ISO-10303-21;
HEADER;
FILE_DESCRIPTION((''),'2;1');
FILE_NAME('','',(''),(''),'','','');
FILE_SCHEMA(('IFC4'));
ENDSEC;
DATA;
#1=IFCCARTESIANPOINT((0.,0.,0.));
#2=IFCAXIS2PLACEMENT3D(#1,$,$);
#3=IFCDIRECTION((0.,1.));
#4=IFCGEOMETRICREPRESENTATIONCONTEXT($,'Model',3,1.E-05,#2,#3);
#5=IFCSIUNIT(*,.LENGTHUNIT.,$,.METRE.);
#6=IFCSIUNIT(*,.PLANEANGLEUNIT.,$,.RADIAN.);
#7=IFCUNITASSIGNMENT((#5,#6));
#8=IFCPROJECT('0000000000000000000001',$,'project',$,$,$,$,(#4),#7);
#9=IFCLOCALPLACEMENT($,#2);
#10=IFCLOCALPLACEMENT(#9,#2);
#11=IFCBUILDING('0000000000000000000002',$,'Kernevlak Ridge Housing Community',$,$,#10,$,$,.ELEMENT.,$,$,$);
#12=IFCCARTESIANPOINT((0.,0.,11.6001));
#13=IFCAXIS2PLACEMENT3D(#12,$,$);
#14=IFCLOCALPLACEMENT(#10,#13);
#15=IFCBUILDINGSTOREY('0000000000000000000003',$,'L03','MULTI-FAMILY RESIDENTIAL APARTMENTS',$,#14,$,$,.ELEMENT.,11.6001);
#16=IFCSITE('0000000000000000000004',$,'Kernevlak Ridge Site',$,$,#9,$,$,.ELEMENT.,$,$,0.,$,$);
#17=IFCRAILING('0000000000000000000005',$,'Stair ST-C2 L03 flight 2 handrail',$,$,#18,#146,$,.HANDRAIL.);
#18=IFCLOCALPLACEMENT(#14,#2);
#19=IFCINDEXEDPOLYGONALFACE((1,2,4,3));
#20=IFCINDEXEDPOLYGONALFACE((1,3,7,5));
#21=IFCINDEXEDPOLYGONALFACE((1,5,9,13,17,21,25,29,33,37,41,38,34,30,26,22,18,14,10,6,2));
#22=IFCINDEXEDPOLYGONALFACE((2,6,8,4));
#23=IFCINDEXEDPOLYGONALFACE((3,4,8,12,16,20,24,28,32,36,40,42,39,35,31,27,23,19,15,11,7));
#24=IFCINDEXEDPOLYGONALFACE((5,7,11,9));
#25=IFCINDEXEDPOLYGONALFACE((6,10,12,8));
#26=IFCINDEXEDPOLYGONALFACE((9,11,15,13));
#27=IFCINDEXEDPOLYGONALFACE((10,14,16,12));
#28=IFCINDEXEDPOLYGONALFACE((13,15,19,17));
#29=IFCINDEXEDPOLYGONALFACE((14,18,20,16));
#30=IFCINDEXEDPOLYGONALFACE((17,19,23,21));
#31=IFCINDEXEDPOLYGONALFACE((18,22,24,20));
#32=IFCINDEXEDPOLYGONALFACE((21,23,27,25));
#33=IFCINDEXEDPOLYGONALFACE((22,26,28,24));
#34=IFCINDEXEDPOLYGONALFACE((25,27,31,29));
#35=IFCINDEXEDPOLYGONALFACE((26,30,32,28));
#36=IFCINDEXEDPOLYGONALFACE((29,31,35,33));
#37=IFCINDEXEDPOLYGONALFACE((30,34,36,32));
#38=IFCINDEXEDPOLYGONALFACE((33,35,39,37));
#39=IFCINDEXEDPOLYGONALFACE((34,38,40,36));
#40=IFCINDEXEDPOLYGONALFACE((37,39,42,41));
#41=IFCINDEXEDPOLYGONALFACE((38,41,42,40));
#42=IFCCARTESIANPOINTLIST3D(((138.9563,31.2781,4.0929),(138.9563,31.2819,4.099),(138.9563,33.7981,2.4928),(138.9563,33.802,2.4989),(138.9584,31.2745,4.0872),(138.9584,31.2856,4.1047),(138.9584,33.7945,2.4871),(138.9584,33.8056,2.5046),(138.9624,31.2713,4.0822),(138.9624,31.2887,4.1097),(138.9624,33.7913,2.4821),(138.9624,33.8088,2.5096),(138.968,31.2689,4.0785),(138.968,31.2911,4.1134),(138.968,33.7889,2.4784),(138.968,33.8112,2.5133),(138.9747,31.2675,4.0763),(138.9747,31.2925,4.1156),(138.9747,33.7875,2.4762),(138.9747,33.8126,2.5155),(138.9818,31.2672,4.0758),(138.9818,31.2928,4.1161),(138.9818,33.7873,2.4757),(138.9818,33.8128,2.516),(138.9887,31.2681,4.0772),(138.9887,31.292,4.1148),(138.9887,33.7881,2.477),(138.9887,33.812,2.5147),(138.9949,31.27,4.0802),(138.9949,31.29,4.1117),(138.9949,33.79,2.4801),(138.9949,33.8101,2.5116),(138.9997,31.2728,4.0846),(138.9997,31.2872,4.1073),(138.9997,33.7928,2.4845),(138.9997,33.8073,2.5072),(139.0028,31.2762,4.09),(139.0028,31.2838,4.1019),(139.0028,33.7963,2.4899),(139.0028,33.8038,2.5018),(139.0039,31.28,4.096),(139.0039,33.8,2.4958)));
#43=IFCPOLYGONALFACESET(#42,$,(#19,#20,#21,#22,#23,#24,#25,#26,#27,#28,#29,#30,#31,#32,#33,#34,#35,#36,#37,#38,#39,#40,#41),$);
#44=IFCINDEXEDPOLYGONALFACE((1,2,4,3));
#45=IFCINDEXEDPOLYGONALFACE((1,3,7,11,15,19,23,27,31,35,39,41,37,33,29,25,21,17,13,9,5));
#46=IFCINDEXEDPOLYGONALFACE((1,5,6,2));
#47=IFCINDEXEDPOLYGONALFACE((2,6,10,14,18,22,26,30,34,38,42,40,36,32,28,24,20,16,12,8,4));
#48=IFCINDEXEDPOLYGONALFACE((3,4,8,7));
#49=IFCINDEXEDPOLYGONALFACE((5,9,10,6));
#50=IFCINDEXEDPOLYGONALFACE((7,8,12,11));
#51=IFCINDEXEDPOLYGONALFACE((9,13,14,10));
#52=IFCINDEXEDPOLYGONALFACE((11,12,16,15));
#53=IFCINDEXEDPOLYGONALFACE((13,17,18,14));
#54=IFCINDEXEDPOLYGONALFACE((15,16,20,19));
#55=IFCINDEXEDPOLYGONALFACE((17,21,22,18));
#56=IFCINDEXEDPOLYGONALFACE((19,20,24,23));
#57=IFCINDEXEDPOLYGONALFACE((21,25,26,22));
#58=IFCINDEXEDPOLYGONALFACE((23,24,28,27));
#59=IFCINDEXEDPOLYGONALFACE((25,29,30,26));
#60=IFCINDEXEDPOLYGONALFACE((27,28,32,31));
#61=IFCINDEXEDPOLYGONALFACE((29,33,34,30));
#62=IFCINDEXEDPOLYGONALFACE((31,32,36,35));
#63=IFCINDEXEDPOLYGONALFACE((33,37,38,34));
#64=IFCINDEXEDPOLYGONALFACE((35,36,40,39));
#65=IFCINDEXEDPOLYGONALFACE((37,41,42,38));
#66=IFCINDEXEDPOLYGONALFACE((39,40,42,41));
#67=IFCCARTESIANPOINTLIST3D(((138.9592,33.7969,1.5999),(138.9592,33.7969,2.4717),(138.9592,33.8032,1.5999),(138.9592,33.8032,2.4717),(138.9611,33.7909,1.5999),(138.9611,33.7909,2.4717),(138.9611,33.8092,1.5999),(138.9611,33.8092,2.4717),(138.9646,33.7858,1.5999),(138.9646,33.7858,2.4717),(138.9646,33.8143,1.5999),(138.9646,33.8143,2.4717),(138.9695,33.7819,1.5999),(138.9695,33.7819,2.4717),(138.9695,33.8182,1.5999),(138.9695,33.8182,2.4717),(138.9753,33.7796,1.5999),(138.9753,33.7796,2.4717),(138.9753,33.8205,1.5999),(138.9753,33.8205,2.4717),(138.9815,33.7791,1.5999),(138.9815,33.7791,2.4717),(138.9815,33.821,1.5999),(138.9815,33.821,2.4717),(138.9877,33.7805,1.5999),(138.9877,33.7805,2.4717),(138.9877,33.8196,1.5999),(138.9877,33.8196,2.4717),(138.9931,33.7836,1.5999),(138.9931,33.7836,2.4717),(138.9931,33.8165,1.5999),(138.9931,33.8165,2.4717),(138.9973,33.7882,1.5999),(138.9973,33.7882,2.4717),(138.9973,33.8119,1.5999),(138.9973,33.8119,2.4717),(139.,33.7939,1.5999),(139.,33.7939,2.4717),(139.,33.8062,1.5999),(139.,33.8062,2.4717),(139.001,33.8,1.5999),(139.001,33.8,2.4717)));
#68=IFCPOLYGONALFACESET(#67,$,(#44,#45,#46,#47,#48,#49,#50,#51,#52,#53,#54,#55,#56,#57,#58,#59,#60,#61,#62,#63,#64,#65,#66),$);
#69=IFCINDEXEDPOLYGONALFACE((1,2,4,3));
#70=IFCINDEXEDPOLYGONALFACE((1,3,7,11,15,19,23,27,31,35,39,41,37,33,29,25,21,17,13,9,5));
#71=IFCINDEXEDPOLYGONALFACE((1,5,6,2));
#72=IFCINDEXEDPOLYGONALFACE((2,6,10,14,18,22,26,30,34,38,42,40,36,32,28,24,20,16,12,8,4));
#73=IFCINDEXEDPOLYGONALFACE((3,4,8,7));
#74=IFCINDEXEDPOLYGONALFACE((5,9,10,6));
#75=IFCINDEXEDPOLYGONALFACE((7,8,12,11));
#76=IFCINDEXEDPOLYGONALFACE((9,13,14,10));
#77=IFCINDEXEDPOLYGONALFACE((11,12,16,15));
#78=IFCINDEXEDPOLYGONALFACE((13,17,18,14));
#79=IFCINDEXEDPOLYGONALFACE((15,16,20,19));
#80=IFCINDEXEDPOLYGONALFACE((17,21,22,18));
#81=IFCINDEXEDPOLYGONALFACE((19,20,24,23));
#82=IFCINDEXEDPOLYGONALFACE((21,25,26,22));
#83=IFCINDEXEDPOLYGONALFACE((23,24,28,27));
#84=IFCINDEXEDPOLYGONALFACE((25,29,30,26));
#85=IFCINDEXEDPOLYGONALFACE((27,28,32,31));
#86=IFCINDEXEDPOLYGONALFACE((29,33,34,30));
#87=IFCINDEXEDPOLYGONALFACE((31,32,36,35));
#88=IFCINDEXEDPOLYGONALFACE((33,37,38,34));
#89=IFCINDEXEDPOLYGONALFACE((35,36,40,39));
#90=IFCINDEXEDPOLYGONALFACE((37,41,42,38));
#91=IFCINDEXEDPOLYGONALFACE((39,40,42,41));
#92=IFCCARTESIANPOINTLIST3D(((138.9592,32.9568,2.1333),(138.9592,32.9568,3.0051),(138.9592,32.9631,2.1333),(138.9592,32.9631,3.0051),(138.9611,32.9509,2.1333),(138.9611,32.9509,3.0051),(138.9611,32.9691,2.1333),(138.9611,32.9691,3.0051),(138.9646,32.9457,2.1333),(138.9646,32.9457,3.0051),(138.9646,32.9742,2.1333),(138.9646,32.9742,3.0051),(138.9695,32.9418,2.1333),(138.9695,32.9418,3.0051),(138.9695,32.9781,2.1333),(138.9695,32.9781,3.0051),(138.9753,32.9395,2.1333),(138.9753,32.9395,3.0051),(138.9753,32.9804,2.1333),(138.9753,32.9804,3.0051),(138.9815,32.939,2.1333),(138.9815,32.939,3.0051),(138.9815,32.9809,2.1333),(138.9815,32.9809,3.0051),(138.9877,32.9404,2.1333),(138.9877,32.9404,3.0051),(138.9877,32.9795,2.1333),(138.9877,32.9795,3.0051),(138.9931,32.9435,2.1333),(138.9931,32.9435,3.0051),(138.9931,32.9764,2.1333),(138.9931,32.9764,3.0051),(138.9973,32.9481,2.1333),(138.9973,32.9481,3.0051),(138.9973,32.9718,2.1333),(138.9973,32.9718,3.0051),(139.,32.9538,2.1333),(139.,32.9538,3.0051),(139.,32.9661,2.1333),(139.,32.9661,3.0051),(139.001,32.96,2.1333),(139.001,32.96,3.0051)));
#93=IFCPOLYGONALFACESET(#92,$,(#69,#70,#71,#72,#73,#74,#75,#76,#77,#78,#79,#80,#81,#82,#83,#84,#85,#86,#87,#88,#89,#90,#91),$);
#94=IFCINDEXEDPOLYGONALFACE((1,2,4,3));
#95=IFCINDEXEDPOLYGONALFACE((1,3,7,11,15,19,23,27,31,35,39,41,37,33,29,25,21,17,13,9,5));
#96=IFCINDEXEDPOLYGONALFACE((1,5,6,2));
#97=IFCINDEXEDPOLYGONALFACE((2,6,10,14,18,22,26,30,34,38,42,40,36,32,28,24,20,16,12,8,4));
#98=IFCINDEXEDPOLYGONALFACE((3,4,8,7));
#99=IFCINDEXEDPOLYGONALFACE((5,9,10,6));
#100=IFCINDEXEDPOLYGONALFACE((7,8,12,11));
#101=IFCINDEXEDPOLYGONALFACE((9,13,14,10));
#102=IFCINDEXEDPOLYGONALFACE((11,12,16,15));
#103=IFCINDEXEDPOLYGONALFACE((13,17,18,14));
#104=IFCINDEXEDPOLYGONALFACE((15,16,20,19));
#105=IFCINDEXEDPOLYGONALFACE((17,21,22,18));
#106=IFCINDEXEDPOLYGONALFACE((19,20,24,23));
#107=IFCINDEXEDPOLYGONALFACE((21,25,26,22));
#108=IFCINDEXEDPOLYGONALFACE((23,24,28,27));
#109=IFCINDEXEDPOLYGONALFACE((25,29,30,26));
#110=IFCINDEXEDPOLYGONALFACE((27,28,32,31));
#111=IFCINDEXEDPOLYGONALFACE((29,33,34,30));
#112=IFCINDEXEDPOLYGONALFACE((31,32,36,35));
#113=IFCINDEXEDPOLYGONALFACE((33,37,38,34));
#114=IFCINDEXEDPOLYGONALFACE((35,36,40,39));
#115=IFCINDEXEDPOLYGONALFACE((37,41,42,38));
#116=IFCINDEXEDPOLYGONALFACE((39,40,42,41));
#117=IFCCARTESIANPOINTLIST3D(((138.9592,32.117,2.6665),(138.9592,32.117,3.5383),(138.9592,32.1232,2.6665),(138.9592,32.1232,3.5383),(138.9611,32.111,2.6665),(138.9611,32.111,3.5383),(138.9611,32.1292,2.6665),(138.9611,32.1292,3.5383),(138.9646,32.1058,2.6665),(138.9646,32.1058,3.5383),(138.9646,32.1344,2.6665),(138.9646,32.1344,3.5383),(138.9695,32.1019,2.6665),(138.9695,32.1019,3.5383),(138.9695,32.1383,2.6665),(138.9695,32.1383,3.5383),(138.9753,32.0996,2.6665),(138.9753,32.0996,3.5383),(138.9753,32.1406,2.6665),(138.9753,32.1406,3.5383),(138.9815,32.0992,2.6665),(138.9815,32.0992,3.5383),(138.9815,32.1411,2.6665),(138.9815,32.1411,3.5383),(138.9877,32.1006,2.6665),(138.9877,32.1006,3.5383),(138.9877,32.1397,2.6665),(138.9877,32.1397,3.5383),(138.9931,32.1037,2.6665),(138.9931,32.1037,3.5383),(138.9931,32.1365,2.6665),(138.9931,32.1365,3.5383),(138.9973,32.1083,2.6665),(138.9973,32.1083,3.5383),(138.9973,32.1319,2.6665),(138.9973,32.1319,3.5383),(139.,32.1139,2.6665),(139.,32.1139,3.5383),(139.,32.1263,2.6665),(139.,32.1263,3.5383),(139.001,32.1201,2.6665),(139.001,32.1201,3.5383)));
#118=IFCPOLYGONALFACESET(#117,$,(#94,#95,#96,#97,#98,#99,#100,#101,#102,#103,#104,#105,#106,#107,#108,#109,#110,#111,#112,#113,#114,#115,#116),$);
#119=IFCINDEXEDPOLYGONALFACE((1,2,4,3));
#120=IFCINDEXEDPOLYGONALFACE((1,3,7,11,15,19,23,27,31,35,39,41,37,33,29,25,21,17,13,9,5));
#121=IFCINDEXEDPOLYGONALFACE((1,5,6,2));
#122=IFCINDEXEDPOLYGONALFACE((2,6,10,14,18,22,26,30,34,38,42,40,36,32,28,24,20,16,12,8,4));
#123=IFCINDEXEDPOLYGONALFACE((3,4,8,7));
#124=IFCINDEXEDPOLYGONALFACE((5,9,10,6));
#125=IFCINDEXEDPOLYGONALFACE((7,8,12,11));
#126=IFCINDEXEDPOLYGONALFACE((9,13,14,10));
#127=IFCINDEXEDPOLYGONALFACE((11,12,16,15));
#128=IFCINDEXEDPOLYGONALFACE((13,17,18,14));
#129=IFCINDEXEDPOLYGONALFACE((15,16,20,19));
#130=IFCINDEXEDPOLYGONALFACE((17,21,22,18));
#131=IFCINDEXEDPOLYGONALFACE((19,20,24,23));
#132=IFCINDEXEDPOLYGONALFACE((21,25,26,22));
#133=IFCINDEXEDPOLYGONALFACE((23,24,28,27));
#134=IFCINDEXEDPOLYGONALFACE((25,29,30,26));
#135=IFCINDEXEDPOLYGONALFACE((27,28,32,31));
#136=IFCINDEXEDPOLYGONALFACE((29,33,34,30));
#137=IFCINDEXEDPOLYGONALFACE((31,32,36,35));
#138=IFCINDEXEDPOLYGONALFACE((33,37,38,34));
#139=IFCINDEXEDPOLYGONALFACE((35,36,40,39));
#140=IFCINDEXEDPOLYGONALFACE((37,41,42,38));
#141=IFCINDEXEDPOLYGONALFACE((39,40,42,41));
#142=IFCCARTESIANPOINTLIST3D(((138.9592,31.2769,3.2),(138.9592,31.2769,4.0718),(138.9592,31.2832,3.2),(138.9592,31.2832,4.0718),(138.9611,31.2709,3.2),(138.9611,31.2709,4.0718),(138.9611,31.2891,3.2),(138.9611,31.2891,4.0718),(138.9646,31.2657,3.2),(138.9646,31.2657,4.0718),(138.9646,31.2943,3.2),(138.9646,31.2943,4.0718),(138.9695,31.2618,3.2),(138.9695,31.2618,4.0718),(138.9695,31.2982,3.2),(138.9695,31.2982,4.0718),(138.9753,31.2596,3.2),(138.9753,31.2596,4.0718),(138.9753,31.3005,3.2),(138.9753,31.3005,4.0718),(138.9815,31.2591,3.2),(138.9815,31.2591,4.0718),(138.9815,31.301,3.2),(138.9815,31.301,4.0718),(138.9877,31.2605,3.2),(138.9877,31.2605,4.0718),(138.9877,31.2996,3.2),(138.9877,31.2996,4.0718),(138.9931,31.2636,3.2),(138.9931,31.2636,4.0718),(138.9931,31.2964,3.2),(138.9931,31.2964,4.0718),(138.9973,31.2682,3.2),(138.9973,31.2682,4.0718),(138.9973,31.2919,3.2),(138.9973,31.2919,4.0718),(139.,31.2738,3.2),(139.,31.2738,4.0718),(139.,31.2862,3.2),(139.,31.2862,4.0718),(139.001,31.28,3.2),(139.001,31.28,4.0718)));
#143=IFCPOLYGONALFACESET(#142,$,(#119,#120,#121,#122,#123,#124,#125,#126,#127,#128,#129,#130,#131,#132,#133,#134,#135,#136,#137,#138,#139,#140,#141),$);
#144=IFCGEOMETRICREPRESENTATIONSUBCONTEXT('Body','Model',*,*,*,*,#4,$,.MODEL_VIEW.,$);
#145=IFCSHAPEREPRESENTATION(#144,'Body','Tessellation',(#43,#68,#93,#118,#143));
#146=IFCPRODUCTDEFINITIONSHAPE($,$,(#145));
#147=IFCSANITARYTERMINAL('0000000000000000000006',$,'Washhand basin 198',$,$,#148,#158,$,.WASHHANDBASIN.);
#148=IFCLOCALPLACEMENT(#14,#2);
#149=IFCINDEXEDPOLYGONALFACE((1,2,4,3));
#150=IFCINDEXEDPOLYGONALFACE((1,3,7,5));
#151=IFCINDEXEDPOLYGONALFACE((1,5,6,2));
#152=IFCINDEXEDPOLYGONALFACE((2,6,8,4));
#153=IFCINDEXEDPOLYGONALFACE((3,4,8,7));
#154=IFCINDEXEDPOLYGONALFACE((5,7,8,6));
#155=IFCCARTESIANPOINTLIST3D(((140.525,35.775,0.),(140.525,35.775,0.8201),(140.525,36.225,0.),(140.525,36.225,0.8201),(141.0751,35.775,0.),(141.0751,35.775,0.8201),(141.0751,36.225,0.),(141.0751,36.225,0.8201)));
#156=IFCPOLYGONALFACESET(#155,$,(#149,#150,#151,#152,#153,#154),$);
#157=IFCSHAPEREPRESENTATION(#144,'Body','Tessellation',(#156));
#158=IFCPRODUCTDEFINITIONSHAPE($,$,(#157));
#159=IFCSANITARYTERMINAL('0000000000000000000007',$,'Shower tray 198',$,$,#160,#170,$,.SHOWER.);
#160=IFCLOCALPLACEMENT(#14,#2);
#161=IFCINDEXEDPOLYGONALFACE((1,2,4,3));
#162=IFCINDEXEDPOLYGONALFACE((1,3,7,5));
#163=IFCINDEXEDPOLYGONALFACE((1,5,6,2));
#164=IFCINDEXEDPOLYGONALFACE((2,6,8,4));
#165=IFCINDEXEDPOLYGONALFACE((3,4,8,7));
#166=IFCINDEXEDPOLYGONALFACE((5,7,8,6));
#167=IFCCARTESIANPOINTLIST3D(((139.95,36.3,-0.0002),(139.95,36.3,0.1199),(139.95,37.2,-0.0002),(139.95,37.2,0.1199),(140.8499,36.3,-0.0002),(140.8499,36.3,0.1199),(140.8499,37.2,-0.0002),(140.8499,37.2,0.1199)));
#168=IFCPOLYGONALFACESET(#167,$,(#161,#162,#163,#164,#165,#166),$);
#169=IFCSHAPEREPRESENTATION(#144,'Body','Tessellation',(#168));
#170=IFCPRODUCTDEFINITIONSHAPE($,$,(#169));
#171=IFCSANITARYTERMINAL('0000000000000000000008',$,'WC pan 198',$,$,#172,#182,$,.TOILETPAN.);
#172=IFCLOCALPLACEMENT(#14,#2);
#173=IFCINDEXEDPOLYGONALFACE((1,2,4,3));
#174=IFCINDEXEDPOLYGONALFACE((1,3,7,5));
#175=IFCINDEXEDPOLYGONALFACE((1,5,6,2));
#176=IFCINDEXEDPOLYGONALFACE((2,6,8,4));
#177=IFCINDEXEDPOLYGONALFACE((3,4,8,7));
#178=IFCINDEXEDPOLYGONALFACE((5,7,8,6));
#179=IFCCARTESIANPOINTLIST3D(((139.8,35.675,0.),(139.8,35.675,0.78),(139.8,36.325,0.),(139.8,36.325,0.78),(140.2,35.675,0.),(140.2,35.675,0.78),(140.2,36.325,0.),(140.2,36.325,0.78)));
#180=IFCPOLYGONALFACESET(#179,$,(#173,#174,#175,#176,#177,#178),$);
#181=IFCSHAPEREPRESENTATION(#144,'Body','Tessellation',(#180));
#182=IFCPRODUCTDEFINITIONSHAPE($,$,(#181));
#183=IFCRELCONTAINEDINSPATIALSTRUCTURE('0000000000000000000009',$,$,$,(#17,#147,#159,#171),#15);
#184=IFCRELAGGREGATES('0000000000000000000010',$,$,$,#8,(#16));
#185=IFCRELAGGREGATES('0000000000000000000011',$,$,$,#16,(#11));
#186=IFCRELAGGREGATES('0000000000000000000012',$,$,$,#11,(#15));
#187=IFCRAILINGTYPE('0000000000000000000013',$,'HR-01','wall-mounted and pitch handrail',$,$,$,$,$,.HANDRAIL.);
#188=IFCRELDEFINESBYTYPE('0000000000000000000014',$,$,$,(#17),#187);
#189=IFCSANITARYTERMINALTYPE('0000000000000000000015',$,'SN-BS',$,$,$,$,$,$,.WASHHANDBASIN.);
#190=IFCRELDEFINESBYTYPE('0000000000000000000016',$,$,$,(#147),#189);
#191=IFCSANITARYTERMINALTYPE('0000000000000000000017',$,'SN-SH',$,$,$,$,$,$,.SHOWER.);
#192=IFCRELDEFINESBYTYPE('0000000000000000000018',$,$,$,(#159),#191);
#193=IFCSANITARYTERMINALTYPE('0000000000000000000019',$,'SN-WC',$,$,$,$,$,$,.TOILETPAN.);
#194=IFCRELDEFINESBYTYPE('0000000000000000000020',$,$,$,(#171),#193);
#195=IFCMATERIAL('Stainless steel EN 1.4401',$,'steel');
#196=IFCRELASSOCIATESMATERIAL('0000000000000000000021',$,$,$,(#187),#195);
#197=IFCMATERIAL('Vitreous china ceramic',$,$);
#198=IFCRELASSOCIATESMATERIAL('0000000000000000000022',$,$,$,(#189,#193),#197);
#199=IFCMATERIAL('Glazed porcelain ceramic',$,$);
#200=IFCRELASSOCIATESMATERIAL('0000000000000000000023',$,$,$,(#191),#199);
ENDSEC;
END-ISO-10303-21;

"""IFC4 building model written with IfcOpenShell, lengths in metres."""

from ifc_helpers import new_model, si_unit, direction, frame, origin, origin_2d, place, context, subcontext, project, spatial, rectangle, circle, extrude, material, type_object, element, save


model = new_model("IFC4")

# Units and contexts
model_context = context("Model", 3, precision=1e-05, world=origin(), true_north=direction((0.0, 1.0)))
body_context = subcontext(model_context, "Body", "Model", "MODEL_VIEW")
ifc_project = project(units=[si_unit("LENGTHUNIT", "METRE"), si_unit("PLANEANGLEUNIT", "RADIAN")], contexts=[model_context])

# Site, building, storey
site_placement = place(None, origin())
site = spatial("IfcSite", under=ifc_project, at=site_placement, Name="Kernevlak Ridge Site", CompositionType="ELEMENT", RefElevation=0.0)
building_placement = place(site_placement, origin())
building = spatial("IfcBuilding", under=site, at=building_placement, Name="Kernevlak Ridge Housing Community", CompositionType="ELEMENT")
storey_placement = place(building_placement, frame((0.0, 0.0, 11.6001)))
storey = spatial("IfcBuildingStorey", under=building, at=storey_placement, Name="L03", Description="MULTI-FAMILY RESIDENTIAL APARTMENTS", CompositionType="ELEMENT", Elevation=11.6001)

# Railing
ifc_material_1 = material(Name="Stainless steel EN 1.4401", Category="steel")
railing_type_1 = type_object("IfcRailingType", Name="HR-01", Description="wall-mounted and pitch handrail", PredefinedType="HANDRAIL", material=ifc_material_1)
railing_1_placement = place(storey_placement, frame((138.98, 33.8, 1.5999)))
element("IfcRailing", 1, at=railing_1_placement, inside=storey, type_object=railing_type_1, Name="Stair ST-C2 L03 flight 2 handrail", PredefinedType="HANDRAIL", context=body_context, shape_type="SweptSolid", body=[
    extrude(circle(Radius=0.0239, at=origin_2d()), frame((0.0, 0.0, 0.896), z_axis=(0.0, -0.8442, 0.536028), x_axis=(1.0, 0.0, 0.0)), (0.0, 0.0, 1.0), 2.9851),
    extrude(circle(Radius=0.021, at=origin_2d()), origin(), (0.0, 0.0, 1.0), 0.8718),
    extrude(circle(Radius=0.021, at=origin_2d()), frame((0.0, -0.8401, 0.5334)), (0.0, 0.0, 1.0), 0.8718),
    extrude(circle(Radius=0.021, at=origin_2d()), frame((0.0, -1.6799, 1.0667)), (0.0, 0.0, 1.0), 0.8718),
    extrude(circle(Radius=0.021, at=origin_2d()), frame((0.0, -2.52, 1.6001)), (0.0, 0.0, 1.0), 0.8718),
])

# Sanitary terminals
ifc_material_2 = material(Name="Vitreous china ceramic")
sanitary_terminal_type_1 = type_object("IfcSanitaryTerminalType", Name="SN-BS", PredefinedType="WASHHANDBASIN", material=ifc_material_2)
sanitary_terminal_1_placement = place(storey_placement, frame((140.8, 36.0, 0.0), z_axis=(0.0, 0.0, 1.0), x_axis=(1.0, 0.0, 0.0)))
element("IfcSanitaryTerminal", 2, at=sanitary_terminal_1_placement, inside=storey, type_object=sanitary_terminal_type_1, Name="Washhand basin 198", PredefinedType="WASHHANDBASIN", context=body_context, shape_type="SweptSolid", body=[
    extrude(rectangle(XDim=0.55, YDim=0.45, at=origin_2d()), origin(), (0.0, 0.0, 1.0), 0.8201),
])
ifc_material_3 = material(Name="Glazed porcelain ceramic")
sanitary_terminal_type_2 = type_object("IfcSanitaryTerminalType", Name="SN-SH", PredefinedType="SHOWER", material=ifc_material_3)
sanitary_terminal_2_placement = place(storey_placement, frame((140.3999, 36.75, -0.0002), z_axis=(0.0, 0.0, 1.0), x_axis=(1.0, 0.0, 0.0)))
element("IfcSanitaryTerminal", 3, at=sanitary_terminal_2_placement, inside=storey, type_object=sanitary_terminal_type_2, Name="Shower tray 198", PredefinedType="SHOWER", context=body_context, shape_type="SweptSolid", body=[
    extrude(rectangle(XDim=0.8999, YDim=0.8999, at=origin_2d()), origin(), (0.0, 0.0, 1.0), 0.1201),
])
sanitary_terminal_type_3 = type_object("IfcSanitaryTerminalType", Name="SN-WC", PredefinedType="TOILETPAN", material=ifc_material_2)
sanitary_terminal_3_placement = place(storey_placement, frame((140.0, 36.0, 0.0), z_axis=(0.0, 0.0, 1.0), x_axis=(1.0, 0.0, 0.0)))
element("IfcSanitaryTerminal", 4, at=sanitary_terminal_3_placement, inside=storey, type_object=sanitary_terminal_type_3, Name="WC pan 198", PredefinedType="TOILETPAN", context=body_context, shape_type="SweptSolid", body=[
    extrude(rectangle(XDim=0.3999, YDim=0.6499, at=origin_2d()), origin(), (0.0, 0.0, 1.0), 0.78),
])

save(model, "model.ifc")
